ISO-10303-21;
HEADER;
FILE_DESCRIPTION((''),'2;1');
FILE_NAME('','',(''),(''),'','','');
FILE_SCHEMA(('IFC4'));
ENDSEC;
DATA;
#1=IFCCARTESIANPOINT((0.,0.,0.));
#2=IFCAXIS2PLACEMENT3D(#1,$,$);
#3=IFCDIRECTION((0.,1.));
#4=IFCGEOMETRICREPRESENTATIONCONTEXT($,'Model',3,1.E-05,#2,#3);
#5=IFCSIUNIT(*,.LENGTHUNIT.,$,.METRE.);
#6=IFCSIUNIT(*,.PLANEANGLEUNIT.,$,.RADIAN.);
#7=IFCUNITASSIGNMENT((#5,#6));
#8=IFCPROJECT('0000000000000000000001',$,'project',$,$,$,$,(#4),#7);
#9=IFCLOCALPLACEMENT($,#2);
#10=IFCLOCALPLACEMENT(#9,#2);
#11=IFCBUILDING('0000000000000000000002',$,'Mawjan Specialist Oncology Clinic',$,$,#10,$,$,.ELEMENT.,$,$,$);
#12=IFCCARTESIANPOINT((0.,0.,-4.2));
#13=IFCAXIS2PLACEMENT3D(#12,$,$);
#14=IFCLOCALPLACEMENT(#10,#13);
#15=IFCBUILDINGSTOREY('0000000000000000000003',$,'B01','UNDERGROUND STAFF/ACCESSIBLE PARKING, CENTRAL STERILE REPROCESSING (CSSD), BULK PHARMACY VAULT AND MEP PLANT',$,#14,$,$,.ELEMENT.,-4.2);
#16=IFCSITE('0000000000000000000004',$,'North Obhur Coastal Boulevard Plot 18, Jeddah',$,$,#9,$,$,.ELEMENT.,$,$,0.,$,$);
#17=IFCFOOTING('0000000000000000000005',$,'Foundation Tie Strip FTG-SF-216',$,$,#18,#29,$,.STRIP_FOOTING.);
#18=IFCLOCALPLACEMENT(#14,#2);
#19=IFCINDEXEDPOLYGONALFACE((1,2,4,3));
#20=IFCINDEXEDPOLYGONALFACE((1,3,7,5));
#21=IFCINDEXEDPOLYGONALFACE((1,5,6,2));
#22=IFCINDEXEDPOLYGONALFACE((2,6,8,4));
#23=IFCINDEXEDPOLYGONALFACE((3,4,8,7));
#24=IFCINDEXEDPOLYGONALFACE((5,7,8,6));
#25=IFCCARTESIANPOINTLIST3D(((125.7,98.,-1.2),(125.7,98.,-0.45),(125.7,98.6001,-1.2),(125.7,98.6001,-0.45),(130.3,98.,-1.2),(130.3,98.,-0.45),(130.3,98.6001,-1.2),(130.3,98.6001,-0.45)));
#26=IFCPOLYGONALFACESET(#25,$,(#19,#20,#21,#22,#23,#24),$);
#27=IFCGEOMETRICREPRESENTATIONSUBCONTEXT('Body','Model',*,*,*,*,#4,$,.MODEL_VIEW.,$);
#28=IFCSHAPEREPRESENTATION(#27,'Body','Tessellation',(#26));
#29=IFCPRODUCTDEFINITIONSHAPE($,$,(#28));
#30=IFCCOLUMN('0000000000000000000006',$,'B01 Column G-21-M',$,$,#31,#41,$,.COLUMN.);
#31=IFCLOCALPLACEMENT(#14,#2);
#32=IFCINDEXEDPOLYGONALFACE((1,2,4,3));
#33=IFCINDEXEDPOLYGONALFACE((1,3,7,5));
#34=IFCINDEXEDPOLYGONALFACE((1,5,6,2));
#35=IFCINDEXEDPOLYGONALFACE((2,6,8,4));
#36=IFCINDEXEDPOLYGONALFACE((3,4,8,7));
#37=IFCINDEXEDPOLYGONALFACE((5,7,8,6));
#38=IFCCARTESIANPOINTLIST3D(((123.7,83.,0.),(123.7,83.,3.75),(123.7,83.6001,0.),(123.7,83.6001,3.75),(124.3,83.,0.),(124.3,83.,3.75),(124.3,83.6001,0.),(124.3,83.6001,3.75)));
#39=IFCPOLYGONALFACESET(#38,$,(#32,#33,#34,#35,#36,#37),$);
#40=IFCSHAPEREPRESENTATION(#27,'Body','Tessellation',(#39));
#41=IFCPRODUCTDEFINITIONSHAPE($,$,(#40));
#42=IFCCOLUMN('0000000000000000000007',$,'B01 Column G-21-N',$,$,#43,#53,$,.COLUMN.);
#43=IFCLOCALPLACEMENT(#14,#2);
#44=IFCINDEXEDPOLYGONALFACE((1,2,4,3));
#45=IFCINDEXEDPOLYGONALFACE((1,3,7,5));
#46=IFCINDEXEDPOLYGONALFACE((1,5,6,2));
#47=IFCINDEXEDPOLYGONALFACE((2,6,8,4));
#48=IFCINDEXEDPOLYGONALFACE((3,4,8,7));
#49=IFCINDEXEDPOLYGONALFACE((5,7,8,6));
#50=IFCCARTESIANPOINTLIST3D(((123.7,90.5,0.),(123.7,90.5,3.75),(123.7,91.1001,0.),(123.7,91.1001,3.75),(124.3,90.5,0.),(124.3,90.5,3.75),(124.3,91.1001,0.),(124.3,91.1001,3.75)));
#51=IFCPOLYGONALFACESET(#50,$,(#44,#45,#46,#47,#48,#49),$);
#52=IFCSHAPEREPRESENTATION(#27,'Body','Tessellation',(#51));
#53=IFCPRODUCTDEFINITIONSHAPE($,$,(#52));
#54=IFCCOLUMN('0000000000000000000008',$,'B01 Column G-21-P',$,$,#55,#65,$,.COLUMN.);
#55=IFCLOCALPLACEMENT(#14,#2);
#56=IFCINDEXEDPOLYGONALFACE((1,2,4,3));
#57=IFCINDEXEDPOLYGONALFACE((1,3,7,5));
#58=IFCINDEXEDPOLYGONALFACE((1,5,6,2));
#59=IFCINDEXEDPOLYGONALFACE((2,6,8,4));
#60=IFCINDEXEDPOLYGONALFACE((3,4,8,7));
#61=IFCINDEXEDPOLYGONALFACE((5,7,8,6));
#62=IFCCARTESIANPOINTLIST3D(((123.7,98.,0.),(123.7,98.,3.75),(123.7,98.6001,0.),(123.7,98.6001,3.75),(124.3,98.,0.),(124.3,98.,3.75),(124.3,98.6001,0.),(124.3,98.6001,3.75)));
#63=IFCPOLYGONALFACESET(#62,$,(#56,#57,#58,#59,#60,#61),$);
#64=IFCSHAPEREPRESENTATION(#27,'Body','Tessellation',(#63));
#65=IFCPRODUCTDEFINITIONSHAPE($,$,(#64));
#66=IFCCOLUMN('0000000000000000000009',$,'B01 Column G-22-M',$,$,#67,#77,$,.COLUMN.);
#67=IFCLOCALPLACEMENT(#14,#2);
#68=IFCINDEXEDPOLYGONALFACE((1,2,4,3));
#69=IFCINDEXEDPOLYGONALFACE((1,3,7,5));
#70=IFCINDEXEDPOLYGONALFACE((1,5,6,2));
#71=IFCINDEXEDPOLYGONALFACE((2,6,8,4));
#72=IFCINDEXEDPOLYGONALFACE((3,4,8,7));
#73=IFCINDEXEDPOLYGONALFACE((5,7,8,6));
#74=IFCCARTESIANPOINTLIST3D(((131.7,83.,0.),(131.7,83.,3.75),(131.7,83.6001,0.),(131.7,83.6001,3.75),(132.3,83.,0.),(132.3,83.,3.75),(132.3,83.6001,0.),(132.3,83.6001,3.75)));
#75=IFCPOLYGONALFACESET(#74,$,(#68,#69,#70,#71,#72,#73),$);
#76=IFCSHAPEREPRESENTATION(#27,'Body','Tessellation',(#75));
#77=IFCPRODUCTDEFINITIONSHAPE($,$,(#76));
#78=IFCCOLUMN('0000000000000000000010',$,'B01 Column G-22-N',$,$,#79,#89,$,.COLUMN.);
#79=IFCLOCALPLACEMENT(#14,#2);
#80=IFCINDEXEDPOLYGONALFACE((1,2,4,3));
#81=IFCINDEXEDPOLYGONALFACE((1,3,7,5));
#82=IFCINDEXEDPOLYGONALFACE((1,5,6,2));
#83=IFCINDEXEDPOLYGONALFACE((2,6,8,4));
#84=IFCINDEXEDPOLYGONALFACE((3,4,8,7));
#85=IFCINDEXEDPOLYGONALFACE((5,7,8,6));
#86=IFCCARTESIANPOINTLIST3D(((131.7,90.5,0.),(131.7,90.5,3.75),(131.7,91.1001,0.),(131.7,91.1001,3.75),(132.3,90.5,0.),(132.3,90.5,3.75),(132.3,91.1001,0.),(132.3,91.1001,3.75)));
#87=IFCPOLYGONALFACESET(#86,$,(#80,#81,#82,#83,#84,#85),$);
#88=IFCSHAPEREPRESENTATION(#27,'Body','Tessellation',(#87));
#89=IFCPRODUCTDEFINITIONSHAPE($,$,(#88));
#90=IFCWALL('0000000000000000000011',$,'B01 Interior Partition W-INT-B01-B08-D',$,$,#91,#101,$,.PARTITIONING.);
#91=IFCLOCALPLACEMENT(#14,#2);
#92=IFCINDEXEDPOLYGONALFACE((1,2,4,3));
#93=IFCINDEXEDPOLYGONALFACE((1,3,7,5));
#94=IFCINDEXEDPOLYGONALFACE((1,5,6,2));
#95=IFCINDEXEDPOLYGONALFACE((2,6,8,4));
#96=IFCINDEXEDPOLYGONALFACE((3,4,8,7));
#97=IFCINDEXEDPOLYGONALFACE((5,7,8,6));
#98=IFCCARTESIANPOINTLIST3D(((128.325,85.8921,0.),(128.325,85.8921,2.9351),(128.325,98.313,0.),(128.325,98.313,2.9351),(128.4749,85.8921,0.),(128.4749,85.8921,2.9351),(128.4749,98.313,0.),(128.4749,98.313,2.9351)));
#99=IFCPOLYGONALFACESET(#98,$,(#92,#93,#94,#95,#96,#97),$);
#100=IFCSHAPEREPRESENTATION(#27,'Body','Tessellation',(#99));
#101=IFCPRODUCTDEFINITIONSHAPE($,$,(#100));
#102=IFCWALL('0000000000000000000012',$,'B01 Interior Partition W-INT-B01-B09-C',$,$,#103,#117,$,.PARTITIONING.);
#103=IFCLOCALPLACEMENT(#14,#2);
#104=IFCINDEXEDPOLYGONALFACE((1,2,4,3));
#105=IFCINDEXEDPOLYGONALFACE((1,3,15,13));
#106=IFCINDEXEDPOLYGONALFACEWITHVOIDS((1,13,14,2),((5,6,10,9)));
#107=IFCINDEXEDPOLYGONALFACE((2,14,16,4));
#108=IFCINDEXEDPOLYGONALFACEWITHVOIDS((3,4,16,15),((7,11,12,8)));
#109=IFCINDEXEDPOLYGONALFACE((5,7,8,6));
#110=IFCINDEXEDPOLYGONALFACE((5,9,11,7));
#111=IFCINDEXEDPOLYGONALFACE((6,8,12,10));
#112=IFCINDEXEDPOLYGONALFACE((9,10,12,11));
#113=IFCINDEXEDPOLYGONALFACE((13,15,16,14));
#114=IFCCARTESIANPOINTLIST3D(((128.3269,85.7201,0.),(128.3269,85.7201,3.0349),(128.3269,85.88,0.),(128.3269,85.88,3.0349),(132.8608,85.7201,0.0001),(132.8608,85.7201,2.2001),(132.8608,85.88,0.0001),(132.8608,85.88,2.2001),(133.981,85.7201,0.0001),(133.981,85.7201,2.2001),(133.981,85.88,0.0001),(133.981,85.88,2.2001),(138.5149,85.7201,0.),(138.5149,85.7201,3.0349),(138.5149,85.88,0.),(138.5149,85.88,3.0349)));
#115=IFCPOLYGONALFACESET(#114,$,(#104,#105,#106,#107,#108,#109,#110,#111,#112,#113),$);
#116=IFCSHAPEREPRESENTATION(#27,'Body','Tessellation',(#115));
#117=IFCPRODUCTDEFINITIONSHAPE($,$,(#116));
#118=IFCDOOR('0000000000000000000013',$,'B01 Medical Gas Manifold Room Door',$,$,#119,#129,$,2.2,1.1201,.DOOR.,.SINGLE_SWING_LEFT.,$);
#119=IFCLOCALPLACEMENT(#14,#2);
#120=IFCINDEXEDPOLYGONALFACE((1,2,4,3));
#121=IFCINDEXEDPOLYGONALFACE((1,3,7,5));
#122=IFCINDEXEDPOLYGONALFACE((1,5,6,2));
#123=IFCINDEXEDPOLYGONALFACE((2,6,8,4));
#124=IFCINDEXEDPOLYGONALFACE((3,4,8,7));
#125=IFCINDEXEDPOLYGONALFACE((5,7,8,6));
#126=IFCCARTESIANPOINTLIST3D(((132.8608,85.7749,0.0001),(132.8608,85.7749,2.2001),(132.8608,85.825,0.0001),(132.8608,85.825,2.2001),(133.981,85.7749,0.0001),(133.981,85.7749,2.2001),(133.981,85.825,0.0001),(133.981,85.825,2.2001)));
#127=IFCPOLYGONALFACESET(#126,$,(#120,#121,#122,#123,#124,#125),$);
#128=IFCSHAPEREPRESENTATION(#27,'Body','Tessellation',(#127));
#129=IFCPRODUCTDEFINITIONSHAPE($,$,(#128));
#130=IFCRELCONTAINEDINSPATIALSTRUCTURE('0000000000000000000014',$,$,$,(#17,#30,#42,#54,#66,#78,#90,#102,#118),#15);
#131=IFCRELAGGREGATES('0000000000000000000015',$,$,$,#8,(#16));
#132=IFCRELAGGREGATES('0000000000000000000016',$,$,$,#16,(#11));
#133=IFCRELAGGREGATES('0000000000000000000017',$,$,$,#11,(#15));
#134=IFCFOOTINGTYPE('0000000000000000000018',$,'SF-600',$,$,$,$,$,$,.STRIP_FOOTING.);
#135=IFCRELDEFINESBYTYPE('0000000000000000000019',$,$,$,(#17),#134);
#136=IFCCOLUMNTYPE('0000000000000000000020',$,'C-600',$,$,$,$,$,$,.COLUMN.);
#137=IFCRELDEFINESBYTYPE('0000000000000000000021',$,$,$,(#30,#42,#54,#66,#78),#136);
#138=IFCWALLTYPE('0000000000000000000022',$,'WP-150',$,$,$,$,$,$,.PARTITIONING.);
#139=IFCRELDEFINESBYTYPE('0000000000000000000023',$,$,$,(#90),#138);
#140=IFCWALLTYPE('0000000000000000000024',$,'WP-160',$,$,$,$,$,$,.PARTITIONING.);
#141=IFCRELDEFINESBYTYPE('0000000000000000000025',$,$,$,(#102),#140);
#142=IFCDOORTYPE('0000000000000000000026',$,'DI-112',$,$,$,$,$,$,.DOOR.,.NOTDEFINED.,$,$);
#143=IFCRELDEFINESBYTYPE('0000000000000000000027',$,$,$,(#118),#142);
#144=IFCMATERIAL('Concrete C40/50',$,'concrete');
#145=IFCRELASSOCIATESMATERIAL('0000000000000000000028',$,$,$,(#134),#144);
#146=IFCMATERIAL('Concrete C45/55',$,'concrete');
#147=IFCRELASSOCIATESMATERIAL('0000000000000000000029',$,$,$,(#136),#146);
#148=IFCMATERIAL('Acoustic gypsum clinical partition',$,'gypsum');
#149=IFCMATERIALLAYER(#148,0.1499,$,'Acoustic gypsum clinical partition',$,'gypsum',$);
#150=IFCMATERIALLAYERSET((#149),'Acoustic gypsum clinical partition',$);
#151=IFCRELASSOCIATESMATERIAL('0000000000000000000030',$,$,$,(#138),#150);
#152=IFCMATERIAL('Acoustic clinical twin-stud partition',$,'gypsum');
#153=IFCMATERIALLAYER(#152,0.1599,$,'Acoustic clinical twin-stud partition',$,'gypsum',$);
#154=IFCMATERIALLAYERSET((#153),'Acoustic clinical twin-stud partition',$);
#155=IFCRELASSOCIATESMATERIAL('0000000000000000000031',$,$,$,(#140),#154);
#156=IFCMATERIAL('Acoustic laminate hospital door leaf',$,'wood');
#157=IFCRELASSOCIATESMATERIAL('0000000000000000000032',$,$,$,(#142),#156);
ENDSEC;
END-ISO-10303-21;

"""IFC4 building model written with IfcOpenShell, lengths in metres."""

from ifc_helpers import new_model, si_unit, direction, frame, frame_2d, origin, origin_2d, place, context, subcontext, project, spatial, rectangle, extrude, material, layer, layer_set, material_profile, profile_set, type_object, element, fill, save


model = new_model("IFC4")

# Units and contexts
model_context = context("Model", 3, precision=1e-05, world=origin(), true_north=direction((0.0, 1.0)))
body_context = subcontext(model_context, "Body", "Model", "MODEL_VIEW")
ifc_project = project(units=[si_unit("LENGTHUNIT", "METRE"), si_unit("PLANEANGLEUNIT", "RADIAN")], contexts=[model_context])

# Site, building, storey
site_placement = place(None, origin())
site = spatial("IfcSite", under=ifc_project, at=site_placement, Name="North Obhur Coastal Boulevard Plot 18, Jeddah", CompositionType="ELEMENT", RefElevation=0.0)
building_placement = place(site_placement, origin())
building = spatial("IfcBuilding", under=site, at=building_placement, Name="Mawjan Specialist Oncology Clinic", CompositionType="ELEMENT")
storey_placement = place(building_placement, frame((0.0, 0.0, -4.2)))
storey = spatial("IfcBuildingStorey", under=building, at=storey_placement, Name="B01", Description="UNDERGROUND STAFF/ACCESSIBLE PARKING, CENTRAL STERILE REPROCESSING (CSSD), BULK PHARMACY VAULT AND MEP PLANT", CompositionType="ELEMENT", Elevation=-4.2)

# Footing
ifc_material_1 = material(Name="Concrete C40/50", Category="concrete")
footing_type_1 = type_object("IfcFootingType", Name="SF-600", PredefinedType="STRIP_FOOTING", material=ifc_material_1)
for number, where, z_axis, x_axis, name in (
    (1, (128.0, 98.3, -1.2), (0.0, 0.0, 1.0), (1.0, 0.0, 0.0), "Foundation Tie Strip FTG-SF-216"),
):
    element("IfcFooting", number, at=place(storey_placement, frame(where, z_axis=z_axis, x_axis=x_axis)), inside=storey, type_object=footing_type_1, Name=name, PredefinedType="STRIP_FOOTING", context=body_context, shape_type="SweptSolid", body=[
        extrude(rectangle(XDim=4.6001, YDim=0.6001, at=origin_2d()), origin(), (0.0, 0.0, 1.0), 0.75),
    ])

# Columns
ifc_material_2 = material(Name="Concrete C45/55", Category="concrete")
ifc_material_profile_1 = material_profile(ifc_material_2, rectangle(XDim=0.6001, YDim=0.6001, at=origin_2d()), Name="RC COL 600x600", Category="concrete")
ifc_profile_set_1 = profile_set([ifc_material_profile_1], Name="Concrete C45/55")
column_type = type_object("IfcColumnType", Name="C-600", PredefinedType="COLUMN", material=ifc_profile_set_1)
for number, where, z_axis, x_axis, name in (
    (2, (124.0, 83.3, 0.0), (0.0, 0.0, 1.0), (1.0, 0.0, 0.0), "B01 Column G-21-M"),
    (3, (124.0, 90.8, 0.0), (0.0, 0.0, 1.0), (1.0, 0.0, 0.0), "B01 Column G-21-N"),
    (4, (124.0, 98.3, 0.0), (0.0, 0.0, 1.0), (1.0, 0.0, 0.0), "B01 Column G-21-P"),
    (5, (132.0, 83.3, 0.0), (0.0, 0.0, 1.0), (1.0, 0.0, 0.0), "B01 Column G-22-M"),
    (6, (132.0, 90.8, 0.0), (0.0, 0.0, 1.0), (1.0, 0.0, 0.0), "B01 Column G-22-N"),
):
    element("IfcColumn", number, at=place(storey_placement, frame(where, z_axis=z_axis, x_axis=x_axis)), inside=storey, type_object=column_type, Name=name, PredefinedType="COLUMN", context=body_context, shape_type="SweptSolid", body=[
        extrude(rectangle(XDim=0.6001, YDim=0.6001, at=origin_2d()), origin(), (0.0, 0.0, 1.0), 3.75),
    ])

# Wall
ifc_material_3 = material(Name="Acoustic gypsum clinical partition", Category="gypsum")
ifc_layer_1 = layer(ifc_material_3, 0.1499, Name="Acoustic gypsum clinical partition", Category="gypsum")
ifc_layer_set_1 = layer_set([ifc_layer_1], Name="Acoustic gypsum clinical partition")
wall_type_1 = type_object("IfcWallType", Name="WP-150", PredefinedType="PARTITIONING", material=ifc_layer_set_1)
wall_1_placement = place(storey_placement, frame((128.3999, 85.8921, 0.0), z_axis=(0.0, 0.0, 1.0), x_axis=(0.0, 1.0, 0.0)))
element("IfcWall", 7, at=wall_1_placement, inside=storey, type_object=wall_type_1, Name="B01 Interior Partition W-INT-B01-B08-D", PredefinedType="PARTITIONING", context=body_context, shape_type="SweptSolid", body=[
    extrude(rectangle(XDim=12.4209, YDim=0.1499, at=frame_2d((6.2104, 0.0))), origin(), (0.0, 0.0, 1.0), 2.9351),
])

# Wall, opening, door
ifc_material_4 = material(Name="Acoustic clinical twin-stud partition", Category="gypsum")
ifc_layer_2 = layer(ifc_material_4, 0.1599, Name="Acoustic clinical twin-stud partition", Category="gypsum")
ifc_layer_set_2 = layer_set([ifc_layer_2], Name="Acoustic clinical twin-stud partition")
wall_type_2 = type_object("IfcWallType", Name="WP-160", PredefinedType="PARTITIONING", material=ifc_layer_set_2)
wall_2_placement = place(storey_placement, frame((128.3269, 85.8, 0.0), z_axis=(0.0, 0.0, 1.0), x_axis=(1.0, 0.0, 0.0)))
wall_2 = element("IfcWall", 8, at=wall_2_placement, inside=storey, type_object=wall_type_2, Name="B01 Interior Partition W-INT-B01-B09-C", PredefinedType="PARTITIONING", context=body_context, shape_type="SweptSolid", body=[
    extrude(rectangle(XDim=10.188, YDim=0.1599, at=frame_2d((5.094, 0.0))), origin(), (0.0, 0.0, 1.0), 3.0349),
])
opening_placement = place(wall_2_placement, frame((4.5339, 0.0, 0.0)))
opening = element("IfcOpeningElement", 9, at=opening_placement, cuts=wall_2, PredefinedType="OPENING", context=body_context, shape_type="SweptSolid", body=[
    extrude(rectangle(XDim=1.1201, YDim=2.2, at=frame_2d((0.5601, 1.1001))), frame((0.0, 0.092, 0.0), z_axis=(0.0, -1.0, 0.0), x_axis=(1.0, 0.0, 0.0)), (0.0, 0.0, 1.0), 0.1838),
])
ifc_material_5 = material(Name="Acoustic laminate hospital door leaf", Category="wood")
door_type = type_object("IfcDoorType", Name="DI-112", OperationType="NOTDEFINED", PredefinedType="DOOR", material=ifc_material_5)
door_placement = place(opening_placement, origin())
door = element("IfcDoor", 10, at=door_placement, inside=storey, type_object=door_type, Name="B01 Medical Gas Manifold Room Door", OperationType="SINGLE_SWING_LEFT", OverallHeight=2.2, OverallWidth=1.1201, PredefinedType="DOOR", context=body_context, shape_type="SweptSolid", body=[
    extrude(rectangle(XDim=1.1201, YDim=2.2, at=frame_2d((0.5601, 1.1001))), frame((0.0, 0.0249, 0.0), z_axis=(0.0, -1.0, 0.0), x_axis=(1.0, 0.0, 0.0)), (0.0, 0.0, 1.0), 0.05),
])
fill(opening, door)

save(model, "model.ifc")
